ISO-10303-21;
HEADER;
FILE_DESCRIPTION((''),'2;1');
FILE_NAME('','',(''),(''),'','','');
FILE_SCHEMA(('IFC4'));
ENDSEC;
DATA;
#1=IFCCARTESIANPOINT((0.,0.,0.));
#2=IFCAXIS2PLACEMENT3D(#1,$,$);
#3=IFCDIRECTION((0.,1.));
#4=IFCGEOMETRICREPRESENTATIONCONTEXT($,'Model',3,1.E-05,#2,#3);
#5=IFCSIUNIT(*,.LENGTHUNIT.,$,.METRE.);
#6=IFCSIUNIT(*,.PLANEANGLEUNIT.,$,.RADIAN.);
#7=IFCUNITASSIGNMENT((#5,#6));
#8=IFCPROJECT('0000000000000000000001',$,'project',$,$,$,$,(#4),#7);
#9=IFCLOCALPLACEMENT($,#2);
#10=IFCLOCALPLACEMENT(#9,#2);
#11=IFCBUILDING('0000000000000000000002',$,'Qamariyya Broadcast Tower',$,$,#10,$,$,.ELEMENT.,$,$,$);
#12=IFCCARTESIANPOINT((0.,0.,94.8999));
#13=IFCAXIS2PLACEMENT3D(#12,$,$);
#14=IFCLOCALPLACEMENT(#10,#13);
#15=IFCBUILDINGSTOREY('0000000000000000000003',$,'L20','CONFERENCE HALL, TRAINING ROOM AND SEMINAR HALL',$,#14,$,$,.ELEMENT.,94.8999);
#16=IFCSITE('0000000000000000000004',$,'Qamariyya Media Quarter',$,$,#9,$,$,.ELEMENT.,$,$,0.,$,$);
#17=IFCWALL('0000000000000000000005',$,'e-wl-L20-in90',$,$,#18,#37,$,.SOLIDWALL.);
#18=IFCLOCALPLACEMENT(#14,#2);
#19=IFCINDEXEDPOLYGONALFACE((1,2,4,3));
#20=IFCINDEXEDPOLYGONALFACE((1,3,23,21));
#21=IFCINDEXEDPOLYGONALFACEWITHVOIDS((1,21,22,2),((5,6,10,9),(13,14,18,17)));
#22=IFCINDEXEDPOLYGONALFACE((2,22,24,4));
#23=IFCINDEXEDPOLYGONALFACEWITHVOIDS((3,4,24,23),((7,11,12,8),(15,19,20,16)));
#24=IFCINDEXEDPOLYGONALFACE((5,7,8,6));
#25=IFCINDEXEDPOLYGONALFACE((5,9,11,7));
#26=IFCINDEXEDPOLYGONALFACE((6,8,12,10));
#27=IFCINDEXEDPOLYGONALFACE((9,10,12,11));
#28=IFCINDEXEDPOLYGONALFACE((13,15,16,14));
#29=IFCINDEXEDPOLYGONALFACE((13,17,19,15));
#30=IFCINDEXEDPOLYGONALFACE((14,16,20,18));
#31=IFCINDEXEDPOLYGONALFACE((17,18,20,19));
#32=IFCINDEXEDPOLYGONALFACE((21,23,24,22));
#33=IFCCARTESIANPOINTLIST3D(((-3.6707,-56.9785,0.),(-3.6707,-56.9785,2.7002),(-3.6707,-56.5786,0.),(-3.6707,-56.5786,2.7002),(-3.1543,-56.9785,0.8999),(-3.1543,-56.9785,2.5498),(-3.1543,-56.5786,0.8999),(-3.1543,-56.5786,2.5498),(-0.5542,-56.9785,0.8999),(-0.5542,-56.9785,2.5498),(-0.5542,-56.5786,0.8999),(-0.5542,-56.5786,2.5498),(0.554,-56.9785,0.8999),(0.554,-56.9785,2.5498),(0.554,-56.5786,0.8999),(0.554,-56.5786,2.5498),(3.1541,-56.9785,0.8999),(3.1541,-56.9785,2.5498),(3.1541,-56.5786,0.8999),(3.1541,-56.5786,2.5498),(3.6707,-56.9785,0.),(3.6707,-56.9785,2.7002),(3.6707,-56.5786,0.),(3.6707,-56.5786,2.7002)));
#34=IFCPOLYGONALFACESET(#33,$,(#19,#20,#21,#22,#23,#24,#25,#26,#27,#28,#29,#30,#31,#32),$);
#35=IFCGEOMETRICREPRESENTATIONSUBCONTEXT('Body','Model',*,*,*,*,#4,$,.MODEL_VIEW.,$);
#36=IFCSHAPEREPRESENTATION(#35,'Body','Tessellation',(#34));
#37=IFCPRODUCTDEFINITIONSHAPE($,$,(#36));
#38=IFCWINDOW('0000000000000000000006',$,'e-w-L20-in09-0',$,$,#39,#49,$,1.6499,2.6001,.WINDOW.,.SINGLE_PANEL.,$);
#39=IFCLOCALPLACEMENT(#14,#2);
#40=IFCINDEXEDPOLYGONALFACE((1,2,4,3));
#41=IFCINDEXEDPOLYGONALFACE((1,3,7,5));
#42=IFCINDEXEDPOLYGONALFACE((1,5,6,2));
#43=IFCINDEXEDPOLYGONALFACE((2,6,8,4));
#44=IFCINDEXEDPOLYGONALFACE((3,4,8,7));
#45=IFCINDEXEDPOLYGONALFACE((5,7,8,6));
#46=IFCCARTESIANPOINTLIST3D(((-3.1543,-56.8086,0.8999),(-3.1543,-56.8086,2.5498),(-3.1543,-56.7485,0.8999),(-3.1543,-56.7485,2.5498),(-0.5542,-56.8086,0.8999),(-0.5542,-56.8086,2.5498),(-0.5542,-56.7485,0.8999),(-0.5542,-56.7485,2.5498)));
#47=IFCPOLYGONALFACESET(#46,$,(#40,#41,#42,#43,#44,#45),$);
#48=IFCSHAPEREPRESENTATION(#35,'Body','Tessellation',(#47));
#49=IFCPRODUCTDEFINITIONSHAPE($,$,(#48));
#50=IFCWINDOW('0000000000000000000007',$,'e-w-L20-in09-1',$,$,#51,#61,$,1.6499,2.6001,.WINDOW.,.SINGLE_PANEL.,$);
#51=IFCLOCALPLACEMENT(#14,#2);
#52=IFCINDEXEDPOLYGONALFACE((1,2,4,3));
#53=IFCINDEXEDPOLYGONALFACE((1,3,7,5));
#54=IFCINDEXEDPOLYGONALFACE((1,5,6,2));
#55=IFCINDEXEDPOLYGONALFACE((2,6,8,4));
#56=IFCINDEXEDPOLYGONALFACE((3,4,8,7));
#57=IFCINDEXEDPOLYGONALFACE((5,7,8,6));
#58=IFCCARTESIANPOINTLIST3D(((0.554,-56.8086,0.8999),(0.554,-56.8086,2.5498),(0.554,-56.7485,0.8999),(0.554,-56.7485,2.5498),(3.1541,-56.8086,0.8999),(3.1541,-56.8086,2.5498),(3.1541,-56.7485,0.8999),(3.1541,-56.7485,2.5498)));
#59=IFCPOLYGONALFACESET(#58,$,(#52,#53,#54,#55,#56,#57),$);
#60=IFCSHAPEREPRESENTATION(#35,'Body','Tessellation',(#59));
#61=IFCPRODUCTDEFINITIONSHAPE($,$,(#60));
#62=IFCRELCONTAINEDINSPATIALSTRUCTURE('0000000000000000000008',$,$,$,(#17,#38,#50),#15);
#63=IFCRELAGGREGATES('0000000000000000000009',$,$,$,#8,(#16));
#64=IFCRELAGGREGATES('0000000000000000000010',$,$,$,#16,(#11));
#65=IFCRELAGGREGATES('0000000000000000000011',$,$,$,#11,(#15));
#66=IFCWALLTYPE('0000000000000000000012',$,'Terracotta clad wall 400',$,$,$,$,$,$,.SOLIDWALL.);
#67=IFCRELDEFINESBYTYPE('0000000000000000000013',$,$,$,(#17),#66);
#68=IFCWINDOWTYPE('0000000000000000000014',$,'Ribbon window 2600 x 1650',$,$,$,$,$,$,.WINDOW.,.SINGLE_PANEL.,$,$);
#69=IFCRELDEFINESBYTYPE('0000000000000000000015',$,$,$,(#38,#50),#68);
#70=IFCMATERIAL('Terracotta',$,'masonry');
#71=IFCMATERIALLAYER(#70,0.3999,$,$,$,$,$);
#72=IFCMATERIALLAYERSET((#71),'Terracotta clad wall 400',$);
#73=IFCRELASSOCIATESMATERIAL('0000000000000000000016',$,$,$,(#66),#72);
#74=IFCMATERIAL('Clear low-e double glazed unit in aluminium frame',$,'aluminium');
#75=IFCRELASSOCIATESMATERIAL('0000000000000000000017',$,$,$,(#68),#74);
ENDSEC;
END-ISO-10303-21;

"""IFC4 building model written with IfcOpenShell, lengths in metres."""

from ifc_helpers import new_model, si_unit, direction, frame, frame_2d, origin, place, context, subcontext, project, spatial, rectangle, extrude, material, layer, layer_set, type_object, element, fill, save


model = new_model("IFC4")

# Units and contexts
model_context = context("Model", 3, precision=1e-05, world=origin(), true_north=direction((0.0, 1.0)))
body_context = subcontext(model_context, "Body", "Model", "MODEL_VIEW")
ifc_project = project(units=[si_unit("LENGTHUNIT", "METRE"), si_unit("PLANEANGLEUNIT", "RADIAN")], contexts=[model_context])

# Site, building, storey
site_placement = place(None, origin())
site = spatial("IfcSite", under=ifc_project, at=site_placement, Name="Qamariyya Media Quarter", CompositionType="ELEMENT", RefElevation=0.0)
building_placement = place(site_placement, origin())
building = spatial("IfcBuilding", under=site, at=building_placement, Name="Qamariyya Broadcast Tower", CompositionType="ELEMENT")
storey_placement = place(building_placement, frame((0.0, 0.0, 94.8999)))
storey = spatial("IfcBuildingStorey", under=building, at=storey_placement, Name="L20", Description="CONFERENCE HALL, TRAINING ROOM AND SEMINAR HALL", CompositionType="ELEMENT", Elevation=94.8999)

# Wall, openings, windows
ifc_material_1 = material(Name="Terracotta", Category="masonry")
ifc_layer_1 = layer(ifc_material_1, 0.3999)
ifc_layer_set_1 = layer_set([ifc_layer_1], Name="Terracotta clad wall 400")
wall_type_1 = type_object("IfcWallType", Name="Terracotta clad wall 400", PredefinedType="SOLIDWALL", material=ifc_layer_set_1)
ifc_material_2 = material(Name="Clear low-e double glazed unit in aluminium frame", Category="aluminium")
window_type = type_object("IfcWindowType", Name="Ribbon window 2600 x 1650", PartitioningType="SINGLE_PANEL", PredefinedType="WINDOW", material=ifc_material_2)
wall_1_placement = place(storey_placement, frame((3.6707, -56.7786, 0.0), z_axis=(0.0, 0.0, 1.0), x_axis=(-1.0, 0.0, 0.0)))
wall_1 = element("IfcWall", 1, at=wall_1_placement, inside=storey, type_object=wall_type_1, Name="e-wl-L20-in90", PredefinedType="SOLIDWALL", context=body_context, shape_type="SweptSolid", body=[
    extrude(rectangle(XDim=7.3413, YDim=0.3999, at=frame_2d((3.6707, 0.0))), origin(), (0.0, 0.0, 1.0), 2.7002),
])
opening_1_placement = place(wall_1_placement, frame((4.2249, 0.0, 0.8999)))
opening_1 = element("IfcOpeningElement", 2, at=opening_1_placement, cuts=wall_1, PredefinedType="OPENING", context=body_context, shape_type="SweptSolid", body=[
    extrude(rectangle(XDim=2.6001, YDim=1.6499, at=frame_2d((1.3, 0.825))), frame((0.0, 0.21, 0.0), z_axis=(0.0, -1.0, 0.0), x_axis=(1.0, 0.0, 0.0)), (0.0, 0.0, 1.0), 0.4199),
])
opening_2_placement = place(wall_1_placement, frame((0.5166, 0.0, 0.8999)))
opening_2 = element("IfcOpeningElement", 3, at=opening_2_placement, cuts=wall_1, PredefinedType="OPENING", context=body_context, shape_type="SweptSolid", body=[
    extrude(rectangle(XDim=2.6001, YDim=1.6499, at=frame_2d((1.3, 0.825))), frame((0.0, 0.21, 0.0), z_axis=(0.0, -1.0, 0.0), x_axis=(1.0, 0.0, 0.0)), (0.0, 0.0, 1.0), 0.4199),
])
window_1_placement = place(opening_1_placement, origin())
window_1 = element("IfcWindow", 4, at=window_1_placement, inside=storey, type_object=window_type, Name="e-w-L20-in09-0", OverallHeight=1.6499, OverallWidth=2.6001, PartitioningType="SINGLE_PANEL", PredefinedType="WINDOW", context=body_context, shape_type="SweptSolid", body=[
    extrude(rectangle(XDim=2.6001, YDim=1.6499, at=frame_2d((1.3, 0.825))), frame((0.0, 0.03, 0.0), z_axis=(0.0, -1.0, 0.0), x_axis=(1.0, 0.0, 0.0)), (0.0, 0.0, 1.0), 0.0601),
])
fill(opening_1, window_1)
window_2_placement = place(opening_2_placement, origin())
window_2 = element("IfcWindow", 5, at=window_2_placement, inside=storey, type_object=window_type, Name="e-w-L20-in09-1", OverallHeight=1.6499, OverallWidth=2.6001, PartitioningType="SINGLE_PANEL", PredefinedType="WINDOW", context=body_context, shape_type="SweptSolid", body=[
    extrude(rectangle(XDim=2.6001, YDim=1.6499, at=frame_2d((1.3, 0.825))), frame((0.0, 0.03, 0.0), z_axis=(0.0, -1.0, 0.0), x_axis=(1.0, 0.0, 0.0)), (0.0, 0.0, 1.0), 0.0601),
])
fill(opening_2, window_2)

save(model, "model.ifc")
